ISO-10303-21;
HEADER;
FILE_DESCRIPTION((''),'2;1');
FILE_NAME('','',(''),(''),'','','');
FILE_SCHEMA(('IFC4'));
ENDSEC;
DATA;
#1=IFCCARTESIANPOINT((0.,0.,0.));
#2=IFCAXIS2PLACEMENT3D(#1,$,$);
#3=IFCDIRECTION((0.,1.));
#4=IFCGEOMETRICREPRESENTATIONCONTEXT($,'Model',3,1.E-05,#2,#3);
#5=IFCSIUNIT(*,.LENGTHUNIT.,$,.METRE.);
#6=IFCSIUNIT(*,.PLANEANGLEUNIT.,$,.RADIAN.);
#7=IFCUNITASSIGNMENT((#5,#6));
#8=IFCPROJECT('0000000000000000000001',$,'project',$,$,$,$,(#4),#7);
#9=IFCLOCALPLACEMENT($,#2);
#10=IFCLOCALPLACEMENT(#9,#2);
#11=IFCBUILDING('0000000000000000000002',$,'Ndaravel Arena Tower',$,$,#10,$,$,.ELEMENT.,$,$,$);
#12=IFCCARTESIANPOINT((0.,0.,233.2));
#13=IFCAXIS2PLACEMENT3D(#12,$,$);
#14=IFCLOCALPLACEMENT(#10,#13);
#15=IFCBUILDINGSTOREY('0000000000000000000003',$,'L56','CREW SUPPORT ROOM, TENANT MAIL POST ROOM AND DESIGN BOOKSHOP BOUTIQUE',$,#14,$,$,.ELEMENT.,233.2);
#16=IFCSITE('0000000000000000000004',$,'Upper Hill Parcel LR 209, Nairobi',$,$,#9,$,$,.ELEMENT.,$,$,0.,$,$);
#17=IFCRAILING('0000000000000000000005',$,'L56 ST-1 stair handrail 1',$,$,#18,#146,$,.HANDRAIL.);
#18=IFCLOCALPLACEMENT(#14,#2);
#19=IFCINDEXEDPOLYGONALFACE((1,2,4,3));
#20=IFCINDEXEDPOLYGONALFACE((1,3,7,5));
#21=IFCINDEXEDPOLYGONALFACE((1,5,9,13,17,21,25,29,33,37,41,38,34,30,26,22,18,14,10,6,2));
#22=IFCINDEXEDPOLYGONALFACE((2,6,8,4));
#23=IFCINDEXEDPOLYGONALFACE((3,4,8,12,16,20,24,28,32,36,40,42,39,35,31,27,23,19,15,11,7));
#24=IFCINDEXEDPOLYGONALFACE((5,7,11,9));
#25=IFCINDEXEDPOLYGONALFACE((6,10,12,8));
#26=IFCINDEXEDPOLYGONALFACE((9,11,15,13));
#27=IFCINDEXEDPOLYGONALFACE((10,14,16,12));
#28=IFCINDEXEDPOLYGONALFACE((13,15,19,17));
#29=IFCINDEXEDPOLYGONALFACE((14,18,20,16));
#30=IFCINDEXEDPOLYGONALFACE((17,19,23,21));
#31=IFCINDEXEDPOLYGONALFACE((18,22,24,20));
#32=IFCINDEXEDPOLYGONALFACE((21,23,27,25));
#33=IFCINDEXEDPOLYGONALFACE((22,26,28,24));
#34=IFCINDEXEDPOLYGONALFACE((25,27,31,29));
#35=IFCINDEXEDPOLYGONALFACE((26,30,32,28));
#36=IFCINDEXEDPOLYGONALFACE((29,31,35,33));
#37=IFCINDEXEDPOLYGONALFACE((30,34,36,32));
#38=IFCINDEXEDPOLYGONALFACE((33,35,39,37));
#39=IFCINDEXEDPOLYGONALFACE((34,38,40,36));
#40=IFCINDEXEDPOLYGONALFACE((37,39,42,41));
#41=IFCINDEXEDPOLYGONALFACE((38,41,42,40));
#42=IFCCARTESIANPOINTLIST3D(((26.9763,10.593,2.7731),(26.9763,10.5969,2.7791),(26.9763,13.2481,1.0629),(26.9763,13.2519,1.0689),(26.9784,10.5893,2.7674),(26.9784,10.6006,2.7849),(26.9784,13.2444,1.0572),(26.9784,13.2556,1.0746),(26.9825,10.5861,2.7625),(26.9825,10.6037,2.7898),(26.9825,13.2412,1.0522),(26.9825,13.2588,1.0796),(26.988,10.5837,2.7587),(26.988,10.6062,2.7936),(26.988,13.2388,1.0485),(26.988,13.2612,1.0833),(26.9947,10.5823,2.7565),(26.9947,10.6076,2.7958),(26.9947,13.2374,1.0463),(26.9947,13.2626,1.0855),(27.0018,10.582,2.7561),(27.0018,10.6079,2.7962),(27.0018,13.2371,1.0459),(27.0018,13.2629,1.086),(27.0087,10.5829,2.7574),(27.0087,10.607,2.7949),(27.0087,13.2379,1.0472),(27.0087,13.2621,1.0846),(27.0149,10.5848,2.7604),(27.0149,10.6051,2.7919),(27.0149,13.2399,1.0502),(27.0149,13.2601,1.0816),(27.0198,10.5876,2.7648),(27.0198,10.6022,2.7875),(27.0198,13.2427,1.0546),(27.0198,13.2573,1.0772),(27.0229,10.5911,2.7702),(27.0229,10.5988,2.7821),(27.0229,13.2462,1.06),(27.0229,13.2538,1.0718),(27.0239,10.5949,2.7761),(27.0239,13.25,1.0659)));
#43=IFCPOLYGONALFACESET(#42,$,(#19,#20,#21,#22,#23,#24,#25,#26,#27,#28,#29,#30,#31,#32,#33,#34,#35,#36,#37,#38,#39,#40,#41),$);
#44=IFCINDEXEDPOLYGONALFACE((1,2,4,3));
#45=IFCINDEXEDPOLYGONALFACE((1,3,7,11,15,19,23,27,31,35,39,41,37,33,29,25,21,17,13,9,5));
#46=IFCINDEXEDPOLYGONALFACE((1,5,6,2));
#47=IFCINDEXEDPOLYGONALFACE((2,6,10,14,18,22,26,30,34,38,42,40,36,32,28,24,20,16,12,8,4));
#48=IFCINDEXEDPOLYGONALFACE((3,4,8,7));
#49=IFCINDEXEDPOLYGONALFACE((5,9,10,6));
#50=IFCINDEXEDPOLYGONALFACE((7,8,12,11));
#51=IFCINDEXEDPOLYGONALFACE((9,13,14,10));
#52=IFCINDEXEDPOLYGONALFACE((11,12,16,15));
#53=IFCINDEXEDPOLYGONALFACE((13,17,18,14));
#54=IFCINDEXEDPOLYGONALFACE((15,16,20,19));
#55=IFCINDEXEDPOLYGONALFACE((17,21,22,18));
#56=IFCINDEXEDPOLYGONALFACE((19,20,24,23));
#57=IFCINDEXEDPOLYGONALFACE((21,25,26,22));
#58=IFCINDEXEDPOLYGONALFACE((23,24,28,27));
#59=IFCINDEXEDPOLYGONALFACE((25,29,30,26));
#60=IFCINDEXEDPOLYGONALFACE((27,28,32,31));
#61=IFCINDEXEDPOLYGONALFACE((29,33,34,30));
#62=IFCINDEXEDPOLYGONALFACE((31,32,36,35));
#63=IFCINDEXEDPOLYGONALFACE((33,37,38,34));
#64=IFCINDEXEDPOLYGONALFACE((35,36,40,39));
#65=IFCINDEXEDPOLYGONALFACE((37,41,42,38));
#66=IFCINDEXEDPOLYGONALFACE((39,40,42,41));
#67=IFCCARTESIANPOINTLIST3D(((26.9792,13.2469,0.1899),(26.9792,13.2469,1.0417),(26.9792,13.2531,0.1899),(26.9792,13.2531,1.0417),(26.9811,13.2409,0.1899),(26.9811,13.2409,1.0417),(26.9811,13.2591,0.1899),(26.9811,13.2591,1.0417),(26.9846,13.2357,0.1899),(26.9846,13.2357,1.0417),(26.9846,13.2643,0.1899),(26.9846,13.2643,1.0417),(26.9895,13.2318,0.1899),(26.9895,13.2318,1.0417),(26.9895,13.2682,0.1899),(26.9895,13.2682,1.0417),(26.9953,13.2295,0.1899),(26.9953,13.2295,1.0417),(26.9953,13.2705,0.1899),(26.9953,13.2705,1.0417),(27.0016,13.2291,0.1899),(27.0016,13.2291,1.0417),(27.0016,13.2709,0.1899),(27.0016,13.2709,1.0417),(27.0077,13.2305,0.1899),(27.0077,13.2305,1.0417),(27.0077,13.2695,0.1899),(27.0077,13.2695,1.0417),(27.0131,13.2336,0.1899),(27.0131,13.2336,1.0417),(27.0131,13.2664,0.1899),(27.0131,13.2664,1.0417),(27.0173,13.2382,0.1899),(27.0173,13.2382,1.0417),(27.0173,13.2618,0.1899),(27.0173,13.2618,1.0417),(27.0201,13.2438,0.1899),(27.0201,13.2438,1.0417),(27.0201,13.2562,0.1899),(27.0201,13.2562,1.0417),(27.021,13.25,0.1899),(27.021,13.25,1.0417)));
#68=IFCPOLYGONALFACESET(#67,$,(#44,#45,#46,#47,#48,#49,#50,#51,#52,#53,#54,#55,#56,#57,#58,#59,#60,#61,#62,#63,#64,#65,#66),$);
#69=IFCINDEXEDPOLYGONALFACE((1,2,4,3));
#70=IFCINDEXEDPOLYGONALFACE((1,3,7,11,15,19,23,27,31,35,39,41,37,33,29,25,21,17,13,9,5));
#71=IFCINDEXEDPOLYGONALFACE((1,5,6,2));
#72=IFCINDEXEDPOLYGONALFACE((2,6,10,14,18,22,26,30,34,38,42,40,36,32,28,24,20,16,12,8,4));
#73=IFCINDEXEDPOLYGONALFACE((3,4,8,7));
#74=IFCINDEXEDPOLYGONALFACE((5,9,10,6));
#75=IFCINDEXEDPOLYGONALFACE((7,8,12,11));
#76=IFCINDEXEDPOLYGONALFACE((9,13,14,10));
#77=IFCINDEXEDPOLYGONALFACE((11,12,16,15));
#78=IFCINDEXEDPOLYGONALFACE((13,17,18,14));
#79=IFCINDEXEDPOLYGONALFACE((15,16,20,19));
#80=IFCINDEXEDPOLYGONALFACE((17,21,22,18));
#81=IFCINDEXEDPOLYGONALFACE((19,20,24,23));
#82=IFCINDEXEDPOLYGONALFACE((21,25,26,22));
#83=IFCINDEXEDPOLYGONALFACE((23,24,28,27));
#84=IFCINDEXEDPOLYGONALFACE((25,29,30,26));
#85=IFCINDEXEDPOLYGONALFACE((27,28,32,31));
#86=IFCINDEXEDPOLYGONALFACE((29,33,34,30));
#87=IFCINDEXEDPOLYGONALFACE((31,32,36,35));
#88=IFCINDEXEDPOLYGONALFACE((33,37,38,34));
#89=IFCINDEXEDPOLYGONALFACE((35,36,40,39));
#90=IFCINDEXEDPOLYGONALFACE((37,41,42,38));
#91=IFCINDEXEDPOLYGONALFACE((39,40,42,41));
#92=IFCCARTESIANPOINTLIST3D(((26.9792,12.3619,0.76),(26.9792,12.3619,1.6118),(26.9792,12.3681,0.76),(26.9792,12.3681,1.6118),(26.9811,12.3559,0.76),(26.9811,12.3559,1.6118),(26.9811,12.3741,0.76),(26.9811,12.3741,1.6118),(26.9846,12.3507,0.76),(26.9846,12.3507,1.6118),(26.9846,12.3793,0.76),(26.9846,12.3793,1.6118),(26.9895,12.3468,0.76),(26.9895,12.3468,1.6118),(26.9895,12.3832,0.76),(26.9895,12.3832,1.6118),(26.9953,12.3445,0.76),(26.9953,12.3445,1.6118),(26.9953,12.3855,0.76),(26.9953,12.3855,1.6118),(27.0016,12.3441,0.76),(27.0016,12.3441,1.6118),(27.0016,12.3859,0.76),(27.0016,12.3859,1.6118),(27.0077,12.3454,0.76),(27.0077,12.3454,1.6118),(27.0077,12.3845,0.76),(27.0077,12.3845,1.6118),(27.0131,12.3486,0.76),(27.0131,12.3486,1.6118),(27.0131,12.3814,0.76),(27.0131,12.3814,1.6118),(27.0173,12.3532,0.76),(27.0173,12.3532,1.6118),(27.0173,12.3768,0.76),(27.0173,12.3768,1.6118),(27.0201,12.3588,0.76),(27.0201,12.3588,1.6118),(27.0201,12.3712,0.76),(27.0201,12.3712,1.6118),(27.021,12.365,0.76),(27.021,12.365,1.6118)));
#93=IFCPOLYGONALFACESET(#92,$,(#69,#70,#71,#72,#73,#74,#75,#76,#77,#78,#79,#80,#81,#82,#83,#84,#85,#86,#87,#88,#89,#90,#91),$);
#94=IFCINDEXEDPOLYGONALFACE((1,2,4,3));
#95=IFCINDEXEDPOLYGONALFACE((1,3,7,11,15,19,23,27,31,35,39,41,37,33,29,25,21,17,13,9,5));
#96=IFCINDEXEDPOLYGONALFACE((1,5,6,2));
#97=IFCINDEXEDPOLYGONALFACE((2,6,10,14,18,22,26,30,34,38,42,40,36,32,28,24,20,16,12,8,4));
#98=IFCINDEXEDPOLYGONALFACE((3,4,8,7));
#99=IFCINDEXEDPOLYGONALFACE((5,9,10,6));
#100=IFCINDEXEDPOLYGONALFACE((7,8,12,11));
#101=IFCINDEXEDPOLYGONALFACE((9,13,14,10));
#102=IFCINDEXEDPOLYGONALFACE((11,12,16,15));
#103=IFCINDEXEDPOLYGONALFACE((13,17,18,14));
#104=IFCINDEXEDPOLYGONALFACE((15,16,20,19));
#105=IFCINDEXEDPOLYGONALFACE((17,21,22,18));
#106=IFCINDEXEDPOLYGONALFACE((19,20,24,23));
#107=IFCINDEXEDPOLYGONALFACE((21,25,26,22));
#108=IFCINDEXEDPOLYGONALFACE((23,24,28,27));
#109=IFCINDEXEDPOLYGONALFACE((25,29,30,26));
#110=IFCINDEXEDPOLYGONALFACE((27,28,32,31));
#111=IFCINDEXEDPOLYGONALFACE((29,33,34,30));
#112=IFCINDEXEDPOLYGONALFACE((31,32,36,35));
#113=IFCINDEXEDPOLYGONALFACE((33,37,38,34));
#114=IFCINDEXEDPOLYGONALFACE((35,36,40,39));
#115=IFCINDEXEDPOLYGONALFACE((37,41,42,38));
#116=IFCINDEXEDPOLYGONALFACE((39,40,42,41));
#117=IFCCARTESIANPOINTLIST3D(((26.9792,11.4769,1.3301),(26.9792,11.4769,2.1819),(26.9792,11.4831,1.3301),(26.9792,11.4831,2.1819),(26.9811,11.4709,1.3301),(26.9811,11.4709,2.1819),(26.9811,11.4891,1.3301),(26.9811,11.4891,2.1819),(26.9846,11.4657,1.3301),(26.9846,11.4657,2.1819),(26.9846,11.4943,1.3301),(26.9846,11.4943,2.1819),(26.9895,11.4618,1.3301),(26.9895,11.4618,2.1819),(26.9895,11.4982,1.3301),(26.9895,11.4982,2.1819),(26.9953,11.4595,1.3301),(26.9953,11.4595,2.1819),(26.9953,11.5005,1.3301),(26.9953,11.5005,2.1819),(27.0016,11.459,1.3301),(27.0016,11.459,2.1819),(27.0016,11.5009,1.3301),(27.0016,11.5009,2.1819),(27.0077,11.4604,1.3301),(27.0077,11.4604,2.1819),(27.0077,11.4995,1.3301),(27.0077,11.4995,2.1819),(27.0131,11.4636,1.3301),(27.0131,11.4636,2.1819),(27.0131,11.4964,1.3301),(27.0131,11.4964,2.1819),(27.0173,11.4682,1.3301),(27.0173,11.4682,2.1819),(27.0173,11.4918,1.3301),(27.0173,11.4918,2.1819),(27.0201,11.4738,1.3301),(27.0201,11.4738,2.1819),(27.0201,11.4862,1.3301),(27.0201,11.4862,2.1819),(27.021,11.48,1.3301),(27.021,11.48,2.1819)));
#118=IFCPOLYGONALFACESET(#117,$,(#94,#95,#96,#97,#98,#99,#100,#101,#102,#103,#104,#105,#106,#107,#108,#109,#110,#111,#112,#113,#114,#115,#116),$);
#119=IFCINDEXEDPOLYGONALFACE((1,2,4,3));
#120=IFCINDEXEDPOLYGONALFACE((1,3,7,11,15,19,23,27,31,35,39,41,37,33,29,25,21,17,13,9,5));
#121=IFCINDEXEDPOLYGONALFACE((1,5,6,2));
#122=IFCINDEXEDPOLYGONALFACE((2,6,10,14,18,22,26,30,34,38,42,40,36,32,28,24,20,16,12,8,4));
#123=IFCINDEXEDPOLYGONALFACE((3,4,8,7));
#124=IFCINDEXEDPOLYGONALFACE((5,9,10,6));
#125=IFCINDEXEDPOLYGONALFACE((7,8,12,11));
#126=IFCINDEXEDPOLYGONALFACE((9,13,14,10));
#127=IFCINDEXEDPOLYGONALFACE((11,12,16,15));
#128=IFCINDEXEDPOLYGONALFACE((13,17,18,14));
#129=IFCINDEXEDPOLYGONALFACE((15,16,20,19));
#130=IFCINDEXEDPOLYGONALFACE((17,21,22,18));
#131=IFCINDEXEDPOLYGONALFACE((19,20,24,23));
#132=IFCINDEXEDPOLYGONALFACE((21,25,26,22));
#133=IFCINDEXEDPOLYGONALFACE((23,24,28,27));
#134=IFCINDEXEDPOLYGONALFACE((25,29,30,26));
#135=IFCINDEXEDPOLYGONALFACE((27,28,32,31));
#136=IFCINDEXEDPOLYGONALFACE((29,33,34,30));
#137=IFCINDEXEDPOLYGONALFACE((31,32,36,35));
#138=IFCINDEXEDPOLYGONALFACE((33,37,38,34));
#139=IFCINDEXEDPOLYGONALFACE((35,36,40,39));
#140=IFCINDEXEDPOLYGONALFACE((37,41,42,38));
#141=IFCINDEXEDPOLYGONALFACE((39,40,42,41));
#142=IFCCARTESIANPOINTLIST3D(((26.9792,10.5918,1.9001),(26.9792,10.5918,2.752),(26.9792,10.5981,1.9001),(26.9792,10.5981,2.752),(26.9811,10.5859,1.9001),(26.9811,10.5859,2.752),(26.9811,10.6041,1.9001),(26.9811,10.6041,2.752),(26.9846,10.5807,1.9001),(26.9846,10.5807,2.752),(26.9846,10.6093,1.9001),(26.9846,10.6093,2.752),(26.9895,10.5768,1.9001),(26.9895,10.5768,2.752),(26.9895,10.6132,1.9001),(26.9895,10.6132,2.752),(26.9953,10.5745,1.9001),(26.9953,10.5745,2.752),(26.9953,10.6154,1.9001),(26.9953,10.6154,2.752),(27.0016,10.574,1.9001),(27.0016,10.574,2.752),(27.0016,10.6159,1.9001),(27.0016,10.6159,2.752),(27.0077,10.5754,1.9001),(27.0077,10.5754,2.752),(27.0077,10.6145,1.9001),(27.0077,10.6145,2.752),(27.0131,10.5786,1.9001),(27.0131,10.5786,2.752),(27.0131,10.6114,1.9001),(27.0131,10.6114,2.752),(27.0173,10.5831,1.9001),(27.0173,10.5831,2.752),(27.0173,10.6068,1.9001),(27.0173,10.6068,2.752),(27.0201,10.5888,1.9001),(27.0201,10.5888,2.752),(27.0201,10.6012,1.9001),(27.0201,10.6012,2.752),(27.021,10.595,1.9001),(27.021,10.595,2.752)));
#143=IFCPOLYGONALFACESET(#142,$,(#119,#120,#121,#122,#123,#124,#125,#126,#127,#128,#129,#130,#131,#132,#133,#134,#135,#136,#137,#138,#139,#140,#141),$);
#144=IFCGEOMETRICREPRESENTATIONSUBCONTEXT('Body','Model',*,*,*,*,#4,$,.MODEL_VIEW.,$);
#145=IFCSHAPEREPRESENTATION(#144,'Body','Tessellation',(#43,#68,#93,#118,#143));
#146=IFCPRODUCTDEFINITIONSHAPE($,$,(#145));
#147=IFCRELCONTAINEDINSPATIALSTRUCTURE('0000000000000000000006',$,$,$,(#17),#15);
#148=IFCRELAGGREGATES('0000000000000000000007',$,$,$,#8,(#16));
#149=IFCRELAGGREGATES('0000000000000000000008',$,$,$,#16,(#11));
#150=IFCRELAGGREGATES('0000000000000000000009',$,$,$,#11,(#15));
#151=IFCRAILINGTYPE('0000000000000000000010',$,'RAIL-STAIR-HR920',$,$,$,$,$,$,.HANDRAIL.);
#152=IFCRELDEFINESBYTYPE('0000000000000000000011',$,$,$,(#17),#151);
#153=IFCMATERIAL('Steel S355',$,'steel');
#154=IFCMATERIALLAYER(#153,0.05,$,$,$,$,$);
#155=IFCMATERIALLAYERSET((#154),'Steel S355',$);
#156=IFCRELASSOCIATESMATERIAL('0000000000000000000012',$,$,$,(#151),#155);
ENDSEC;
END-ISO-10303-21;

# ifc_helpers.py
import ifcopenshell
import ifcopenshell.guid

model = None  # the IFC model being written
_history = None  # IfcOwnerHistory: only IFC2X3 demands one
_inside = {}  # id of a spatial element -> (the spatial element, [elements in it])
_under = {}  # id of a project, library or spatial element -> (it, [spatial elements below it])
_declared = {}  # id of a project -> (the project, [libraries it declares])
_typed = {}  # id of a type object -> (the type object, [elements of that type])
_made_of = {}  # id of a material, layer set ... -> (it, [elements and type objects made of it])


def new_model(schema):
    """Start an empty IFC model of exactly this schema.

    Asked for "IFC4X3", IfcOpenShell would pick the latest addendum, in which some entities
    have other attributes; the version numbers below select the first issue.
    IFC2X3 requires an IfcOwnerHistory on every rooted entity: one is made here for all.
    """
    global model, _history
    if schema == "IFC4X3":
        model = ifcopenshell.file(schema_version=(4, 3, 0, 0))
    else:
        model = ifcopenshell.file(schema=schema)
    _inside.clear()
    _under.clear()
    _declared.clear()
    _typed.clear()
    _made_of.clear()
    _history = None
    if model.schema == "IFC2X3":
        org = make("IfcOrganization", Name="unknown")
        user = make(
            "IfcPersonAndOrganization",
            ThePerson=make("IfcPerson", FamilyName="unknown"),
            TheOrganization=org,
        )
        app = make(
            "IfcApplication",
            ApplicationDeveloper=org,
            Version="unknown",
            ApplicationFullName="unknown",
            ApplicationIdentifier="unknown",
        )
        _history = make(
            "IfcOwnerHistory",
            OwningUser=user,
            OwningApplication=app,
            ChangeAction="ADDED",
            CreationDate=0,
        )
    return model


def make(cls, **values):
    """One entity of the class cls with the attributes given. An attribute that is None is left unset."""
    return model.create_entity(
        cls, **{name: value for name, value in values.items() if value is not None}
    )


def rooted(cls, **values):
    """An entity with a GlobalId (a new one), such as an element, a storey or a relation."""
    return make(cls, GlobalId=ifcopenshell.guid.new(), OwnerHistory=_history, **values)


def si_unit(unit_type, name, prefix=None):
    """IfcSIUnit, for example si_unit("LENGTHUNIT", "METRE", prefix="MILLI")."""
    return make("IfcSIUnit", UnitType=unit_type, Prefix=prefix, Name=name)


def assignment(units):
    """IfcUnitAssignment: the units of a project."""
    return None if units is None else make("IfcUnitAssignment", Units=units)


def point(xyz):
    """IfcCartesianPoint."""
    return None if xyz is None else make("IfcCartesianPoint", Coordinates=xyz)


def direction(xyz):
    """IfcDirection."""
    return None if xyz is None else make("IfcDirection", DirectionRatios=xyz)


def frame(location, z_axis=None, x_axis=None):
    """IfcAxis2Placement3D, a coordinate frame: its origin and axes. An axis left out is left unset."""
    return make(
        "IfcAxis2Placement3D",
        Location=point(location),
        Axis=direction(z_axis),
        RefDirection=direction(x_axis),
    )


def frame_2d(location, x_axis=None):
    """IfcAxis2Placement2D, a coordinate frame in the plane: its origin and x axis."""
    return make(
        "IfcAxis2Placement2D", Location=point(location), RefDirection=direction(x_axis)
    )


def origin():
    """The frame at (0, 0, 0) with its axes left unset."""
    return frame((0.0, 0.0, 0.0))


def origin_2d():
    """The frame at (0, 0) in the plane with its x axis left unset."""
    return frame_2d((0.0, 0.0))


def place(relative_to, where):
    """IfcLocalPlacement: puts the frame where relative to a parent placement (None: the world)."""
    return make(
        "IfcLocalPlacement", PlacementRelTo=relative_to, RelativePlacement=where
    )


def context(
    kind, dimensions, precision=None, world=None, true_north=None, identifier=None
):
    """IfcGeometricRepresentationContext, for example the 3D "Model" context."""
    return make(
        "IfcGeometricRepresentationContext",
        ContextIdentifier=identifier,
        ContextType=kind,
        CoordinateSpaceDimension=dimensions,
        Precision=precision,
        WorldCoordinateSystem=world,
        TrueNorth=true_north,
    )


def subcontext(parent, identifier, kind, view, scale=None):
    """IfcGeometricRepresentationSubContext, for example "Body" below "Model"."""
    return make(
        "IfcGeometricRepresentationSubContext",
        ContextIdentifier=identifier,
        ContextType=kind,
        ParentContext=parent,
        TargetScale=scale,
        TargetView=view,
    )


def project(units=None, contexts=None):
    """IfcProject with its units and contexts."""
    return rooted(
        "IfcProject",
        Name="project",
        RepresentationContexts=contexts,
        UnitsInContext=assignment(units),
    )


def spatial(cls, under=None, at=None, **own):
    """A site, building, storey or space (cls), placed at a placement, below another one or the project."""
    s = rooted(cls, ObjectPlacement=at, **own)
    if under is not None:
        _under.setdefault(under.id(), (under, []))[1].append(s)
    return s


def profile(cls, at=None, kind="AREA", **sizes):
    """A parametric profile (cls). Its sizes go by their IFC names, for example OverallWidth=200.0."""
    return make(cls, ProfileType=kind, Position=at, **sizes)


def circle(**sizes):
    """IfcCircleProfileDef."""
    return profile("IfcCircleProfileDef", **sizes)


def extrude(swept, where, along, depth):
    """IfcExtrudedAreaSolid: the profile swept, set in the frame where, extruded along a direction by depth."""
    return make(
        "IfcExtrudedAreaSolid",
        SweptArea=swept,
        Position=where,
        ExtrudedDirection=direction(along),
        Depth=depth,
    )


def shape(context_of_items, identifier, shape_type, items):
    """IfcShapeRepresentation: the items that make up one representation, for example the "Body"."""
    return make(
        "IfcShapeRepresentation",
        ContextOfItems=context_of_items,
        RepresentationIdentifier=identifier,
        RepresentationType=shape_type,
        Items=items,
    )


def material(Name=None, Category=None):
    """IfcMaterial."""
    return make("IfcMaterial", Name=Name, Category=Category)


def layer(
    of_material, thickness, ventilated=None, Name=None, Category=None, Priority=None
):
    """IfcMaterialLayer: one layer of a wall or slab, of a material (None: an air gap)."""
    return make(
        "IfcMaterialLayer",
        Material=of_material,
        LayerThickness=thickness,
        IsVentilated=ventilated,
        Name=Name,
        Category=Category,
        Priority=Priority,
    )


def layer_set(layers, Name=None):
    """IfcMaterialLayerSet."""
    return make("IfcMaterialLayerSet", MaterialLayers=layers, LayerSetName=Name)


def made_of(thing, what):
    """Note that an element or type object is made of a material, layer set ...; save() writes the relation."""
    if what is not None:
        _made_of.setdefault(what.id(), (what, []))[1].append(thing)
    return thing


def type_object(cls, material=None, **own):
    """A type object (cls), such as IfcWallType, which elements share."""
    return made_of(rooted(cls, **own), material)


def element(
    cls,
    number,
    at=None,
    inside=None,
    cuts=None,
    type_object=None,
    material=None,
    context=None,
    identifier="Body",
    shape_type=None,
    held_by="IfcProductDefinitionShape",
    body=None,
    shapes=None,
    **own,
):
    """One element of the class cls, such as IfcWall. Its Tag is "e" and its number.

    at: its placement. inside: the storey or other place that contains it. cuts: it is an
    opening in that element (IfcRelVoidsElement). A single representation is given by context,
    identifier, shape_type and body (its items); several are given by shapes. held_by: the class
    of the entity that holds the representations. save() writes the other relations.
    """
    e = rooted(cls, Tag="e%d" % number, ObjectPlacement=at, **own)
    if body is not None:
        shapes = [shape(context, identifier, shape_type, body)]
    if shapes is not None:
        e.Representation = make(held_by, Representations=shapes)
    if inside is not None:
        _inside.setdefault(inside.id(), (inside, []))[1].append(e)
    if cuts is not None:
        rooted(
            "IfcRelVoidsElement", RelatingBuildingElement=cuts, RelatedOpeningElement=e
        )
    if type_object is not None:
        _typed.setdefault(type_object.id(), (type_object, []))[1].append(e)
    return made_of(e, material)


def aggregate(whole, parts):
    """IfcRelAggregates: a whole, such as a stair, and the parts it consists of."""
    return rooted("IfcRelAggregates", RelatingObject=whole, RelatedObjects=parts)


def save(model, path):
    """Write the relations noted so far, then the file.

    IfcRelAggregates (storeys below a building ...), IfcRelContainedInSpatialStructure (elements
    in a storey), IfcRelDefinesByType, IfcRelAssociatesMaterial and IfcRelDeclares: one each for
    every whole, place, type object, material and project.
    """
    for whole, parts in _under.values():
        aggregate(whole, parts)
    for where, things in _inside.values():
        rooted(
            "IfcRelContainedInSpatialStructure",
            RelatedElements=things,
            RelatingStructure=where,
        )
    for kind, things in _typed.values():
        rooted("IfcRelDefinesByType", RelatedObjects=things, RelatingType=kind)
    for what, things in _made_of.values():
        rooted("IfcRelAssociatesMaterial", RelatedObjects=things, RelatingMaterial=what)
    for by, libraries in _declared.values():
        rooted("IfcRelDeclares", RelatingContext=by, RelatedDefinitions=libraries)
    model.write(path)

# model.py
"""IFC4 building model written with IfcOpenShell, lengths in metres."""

from ifc_helpers import new_model, si_unit, direction, frame, origin, origin_2d, place, context, subcontext, project, spatial, circle, extrude, material, layer, layer_set, type_object, element, save


model = new_model("IFC4")

# Units and contexts
model_context = context("Model", 3, precision=1e-05, world=origin(), true_north=direction((0.0, 1.0)))
body_context = subcontext(model_context, "Body", "Model", "MODEL_VIEW")
ifc_project = project(units=[si_unit("LENGTHUNIT", "METRE"), si_unit("PLANEANGLEUNIT", "RADIAN")], contexts=[model_context])

# Site, building, storey
site_placement = place(None, origin())
site = spatial("IfcSite", under=ifc_project, at=site_placement, Name="Upper Hill Parcel LR 209, Nairobi", CompositionType="ELEMENT", RefElevation=0.0)
building_placement = place(site_placement, origin())
building = spatial("IfcBuilding", under=site, at=building_placement, Name="Ndaravel Arena Tower", CompositionType="ELEMENT")
storey_placement = place(building_placement, frame((0.0, 0.0, 233.2)))
storey = spatial("IfcBuildingStorey", under=building, at=storey_placement, Name="L56", Description="CREW SUPPORT ROOM, TENANT MAIL POST ROOM AND DESIGN BOOKSHOP BOUTIQUE", CompositionType="ELEMENT", Elevation=233.2)

# Railing
ifc_material_1 = material(Name="Steel S355", Category="steel")
ifc_layer_1 = layer(ifc_material_1, 0.05)
ifc_layer_set_1 = layer_set([ifc_layer_1], Name="Steel S355")
railing_type_1 = type_object("IfcRailingType", Name="RAIL-STAIR-HR920", PredefinedType="HANDRAIL", material=ifc_layer_set_1)
railing_1_placement = place(storey_placement, frame((27.0, 13.25, 0.1899)))
element("IfcRailing", 1, at=railing_1_placement, inside=storey, type_object=railing_type_1, Name="L56 ST-1 stair handrail 1", PredefinedType="HANDRAIL", context=body_context, shape_type="SweptSolid", body=[
    extrude(circle(Radius=0.0239, at=origin_2d()), frame((0.0, 0.0, 0.876), z_axis=(0.0, -0.840688, 0.541519), x_axis=(1.0, 0.0, 0.0)), (0.0, 0.0, 1.0), 3.1582),
    extrude(circle(Radius=0.021, at=origin_2d()), origin(), (0.0, 0.0, 1.0), 0.8518),
    extrude(circle(Radius=0.021, at=origin_2d()), frame((0.0, -0.885, 0.5701)), (0.0, 0.0, 1.0), 0.8518),
    extrude(circle(Radius=0.021, at=origin_2d()), frame((0.0, -1.77, 1.1401)), (0.0, 0.0, 1.0), 0.8518),
    extrude(circle(Radius=0.021, at=origin_2d()), frame((0.0, -2.655, 1.7102)), (0.0, 0.0, 1.0), 0.8518),
])

save(model, "model.ifc")
